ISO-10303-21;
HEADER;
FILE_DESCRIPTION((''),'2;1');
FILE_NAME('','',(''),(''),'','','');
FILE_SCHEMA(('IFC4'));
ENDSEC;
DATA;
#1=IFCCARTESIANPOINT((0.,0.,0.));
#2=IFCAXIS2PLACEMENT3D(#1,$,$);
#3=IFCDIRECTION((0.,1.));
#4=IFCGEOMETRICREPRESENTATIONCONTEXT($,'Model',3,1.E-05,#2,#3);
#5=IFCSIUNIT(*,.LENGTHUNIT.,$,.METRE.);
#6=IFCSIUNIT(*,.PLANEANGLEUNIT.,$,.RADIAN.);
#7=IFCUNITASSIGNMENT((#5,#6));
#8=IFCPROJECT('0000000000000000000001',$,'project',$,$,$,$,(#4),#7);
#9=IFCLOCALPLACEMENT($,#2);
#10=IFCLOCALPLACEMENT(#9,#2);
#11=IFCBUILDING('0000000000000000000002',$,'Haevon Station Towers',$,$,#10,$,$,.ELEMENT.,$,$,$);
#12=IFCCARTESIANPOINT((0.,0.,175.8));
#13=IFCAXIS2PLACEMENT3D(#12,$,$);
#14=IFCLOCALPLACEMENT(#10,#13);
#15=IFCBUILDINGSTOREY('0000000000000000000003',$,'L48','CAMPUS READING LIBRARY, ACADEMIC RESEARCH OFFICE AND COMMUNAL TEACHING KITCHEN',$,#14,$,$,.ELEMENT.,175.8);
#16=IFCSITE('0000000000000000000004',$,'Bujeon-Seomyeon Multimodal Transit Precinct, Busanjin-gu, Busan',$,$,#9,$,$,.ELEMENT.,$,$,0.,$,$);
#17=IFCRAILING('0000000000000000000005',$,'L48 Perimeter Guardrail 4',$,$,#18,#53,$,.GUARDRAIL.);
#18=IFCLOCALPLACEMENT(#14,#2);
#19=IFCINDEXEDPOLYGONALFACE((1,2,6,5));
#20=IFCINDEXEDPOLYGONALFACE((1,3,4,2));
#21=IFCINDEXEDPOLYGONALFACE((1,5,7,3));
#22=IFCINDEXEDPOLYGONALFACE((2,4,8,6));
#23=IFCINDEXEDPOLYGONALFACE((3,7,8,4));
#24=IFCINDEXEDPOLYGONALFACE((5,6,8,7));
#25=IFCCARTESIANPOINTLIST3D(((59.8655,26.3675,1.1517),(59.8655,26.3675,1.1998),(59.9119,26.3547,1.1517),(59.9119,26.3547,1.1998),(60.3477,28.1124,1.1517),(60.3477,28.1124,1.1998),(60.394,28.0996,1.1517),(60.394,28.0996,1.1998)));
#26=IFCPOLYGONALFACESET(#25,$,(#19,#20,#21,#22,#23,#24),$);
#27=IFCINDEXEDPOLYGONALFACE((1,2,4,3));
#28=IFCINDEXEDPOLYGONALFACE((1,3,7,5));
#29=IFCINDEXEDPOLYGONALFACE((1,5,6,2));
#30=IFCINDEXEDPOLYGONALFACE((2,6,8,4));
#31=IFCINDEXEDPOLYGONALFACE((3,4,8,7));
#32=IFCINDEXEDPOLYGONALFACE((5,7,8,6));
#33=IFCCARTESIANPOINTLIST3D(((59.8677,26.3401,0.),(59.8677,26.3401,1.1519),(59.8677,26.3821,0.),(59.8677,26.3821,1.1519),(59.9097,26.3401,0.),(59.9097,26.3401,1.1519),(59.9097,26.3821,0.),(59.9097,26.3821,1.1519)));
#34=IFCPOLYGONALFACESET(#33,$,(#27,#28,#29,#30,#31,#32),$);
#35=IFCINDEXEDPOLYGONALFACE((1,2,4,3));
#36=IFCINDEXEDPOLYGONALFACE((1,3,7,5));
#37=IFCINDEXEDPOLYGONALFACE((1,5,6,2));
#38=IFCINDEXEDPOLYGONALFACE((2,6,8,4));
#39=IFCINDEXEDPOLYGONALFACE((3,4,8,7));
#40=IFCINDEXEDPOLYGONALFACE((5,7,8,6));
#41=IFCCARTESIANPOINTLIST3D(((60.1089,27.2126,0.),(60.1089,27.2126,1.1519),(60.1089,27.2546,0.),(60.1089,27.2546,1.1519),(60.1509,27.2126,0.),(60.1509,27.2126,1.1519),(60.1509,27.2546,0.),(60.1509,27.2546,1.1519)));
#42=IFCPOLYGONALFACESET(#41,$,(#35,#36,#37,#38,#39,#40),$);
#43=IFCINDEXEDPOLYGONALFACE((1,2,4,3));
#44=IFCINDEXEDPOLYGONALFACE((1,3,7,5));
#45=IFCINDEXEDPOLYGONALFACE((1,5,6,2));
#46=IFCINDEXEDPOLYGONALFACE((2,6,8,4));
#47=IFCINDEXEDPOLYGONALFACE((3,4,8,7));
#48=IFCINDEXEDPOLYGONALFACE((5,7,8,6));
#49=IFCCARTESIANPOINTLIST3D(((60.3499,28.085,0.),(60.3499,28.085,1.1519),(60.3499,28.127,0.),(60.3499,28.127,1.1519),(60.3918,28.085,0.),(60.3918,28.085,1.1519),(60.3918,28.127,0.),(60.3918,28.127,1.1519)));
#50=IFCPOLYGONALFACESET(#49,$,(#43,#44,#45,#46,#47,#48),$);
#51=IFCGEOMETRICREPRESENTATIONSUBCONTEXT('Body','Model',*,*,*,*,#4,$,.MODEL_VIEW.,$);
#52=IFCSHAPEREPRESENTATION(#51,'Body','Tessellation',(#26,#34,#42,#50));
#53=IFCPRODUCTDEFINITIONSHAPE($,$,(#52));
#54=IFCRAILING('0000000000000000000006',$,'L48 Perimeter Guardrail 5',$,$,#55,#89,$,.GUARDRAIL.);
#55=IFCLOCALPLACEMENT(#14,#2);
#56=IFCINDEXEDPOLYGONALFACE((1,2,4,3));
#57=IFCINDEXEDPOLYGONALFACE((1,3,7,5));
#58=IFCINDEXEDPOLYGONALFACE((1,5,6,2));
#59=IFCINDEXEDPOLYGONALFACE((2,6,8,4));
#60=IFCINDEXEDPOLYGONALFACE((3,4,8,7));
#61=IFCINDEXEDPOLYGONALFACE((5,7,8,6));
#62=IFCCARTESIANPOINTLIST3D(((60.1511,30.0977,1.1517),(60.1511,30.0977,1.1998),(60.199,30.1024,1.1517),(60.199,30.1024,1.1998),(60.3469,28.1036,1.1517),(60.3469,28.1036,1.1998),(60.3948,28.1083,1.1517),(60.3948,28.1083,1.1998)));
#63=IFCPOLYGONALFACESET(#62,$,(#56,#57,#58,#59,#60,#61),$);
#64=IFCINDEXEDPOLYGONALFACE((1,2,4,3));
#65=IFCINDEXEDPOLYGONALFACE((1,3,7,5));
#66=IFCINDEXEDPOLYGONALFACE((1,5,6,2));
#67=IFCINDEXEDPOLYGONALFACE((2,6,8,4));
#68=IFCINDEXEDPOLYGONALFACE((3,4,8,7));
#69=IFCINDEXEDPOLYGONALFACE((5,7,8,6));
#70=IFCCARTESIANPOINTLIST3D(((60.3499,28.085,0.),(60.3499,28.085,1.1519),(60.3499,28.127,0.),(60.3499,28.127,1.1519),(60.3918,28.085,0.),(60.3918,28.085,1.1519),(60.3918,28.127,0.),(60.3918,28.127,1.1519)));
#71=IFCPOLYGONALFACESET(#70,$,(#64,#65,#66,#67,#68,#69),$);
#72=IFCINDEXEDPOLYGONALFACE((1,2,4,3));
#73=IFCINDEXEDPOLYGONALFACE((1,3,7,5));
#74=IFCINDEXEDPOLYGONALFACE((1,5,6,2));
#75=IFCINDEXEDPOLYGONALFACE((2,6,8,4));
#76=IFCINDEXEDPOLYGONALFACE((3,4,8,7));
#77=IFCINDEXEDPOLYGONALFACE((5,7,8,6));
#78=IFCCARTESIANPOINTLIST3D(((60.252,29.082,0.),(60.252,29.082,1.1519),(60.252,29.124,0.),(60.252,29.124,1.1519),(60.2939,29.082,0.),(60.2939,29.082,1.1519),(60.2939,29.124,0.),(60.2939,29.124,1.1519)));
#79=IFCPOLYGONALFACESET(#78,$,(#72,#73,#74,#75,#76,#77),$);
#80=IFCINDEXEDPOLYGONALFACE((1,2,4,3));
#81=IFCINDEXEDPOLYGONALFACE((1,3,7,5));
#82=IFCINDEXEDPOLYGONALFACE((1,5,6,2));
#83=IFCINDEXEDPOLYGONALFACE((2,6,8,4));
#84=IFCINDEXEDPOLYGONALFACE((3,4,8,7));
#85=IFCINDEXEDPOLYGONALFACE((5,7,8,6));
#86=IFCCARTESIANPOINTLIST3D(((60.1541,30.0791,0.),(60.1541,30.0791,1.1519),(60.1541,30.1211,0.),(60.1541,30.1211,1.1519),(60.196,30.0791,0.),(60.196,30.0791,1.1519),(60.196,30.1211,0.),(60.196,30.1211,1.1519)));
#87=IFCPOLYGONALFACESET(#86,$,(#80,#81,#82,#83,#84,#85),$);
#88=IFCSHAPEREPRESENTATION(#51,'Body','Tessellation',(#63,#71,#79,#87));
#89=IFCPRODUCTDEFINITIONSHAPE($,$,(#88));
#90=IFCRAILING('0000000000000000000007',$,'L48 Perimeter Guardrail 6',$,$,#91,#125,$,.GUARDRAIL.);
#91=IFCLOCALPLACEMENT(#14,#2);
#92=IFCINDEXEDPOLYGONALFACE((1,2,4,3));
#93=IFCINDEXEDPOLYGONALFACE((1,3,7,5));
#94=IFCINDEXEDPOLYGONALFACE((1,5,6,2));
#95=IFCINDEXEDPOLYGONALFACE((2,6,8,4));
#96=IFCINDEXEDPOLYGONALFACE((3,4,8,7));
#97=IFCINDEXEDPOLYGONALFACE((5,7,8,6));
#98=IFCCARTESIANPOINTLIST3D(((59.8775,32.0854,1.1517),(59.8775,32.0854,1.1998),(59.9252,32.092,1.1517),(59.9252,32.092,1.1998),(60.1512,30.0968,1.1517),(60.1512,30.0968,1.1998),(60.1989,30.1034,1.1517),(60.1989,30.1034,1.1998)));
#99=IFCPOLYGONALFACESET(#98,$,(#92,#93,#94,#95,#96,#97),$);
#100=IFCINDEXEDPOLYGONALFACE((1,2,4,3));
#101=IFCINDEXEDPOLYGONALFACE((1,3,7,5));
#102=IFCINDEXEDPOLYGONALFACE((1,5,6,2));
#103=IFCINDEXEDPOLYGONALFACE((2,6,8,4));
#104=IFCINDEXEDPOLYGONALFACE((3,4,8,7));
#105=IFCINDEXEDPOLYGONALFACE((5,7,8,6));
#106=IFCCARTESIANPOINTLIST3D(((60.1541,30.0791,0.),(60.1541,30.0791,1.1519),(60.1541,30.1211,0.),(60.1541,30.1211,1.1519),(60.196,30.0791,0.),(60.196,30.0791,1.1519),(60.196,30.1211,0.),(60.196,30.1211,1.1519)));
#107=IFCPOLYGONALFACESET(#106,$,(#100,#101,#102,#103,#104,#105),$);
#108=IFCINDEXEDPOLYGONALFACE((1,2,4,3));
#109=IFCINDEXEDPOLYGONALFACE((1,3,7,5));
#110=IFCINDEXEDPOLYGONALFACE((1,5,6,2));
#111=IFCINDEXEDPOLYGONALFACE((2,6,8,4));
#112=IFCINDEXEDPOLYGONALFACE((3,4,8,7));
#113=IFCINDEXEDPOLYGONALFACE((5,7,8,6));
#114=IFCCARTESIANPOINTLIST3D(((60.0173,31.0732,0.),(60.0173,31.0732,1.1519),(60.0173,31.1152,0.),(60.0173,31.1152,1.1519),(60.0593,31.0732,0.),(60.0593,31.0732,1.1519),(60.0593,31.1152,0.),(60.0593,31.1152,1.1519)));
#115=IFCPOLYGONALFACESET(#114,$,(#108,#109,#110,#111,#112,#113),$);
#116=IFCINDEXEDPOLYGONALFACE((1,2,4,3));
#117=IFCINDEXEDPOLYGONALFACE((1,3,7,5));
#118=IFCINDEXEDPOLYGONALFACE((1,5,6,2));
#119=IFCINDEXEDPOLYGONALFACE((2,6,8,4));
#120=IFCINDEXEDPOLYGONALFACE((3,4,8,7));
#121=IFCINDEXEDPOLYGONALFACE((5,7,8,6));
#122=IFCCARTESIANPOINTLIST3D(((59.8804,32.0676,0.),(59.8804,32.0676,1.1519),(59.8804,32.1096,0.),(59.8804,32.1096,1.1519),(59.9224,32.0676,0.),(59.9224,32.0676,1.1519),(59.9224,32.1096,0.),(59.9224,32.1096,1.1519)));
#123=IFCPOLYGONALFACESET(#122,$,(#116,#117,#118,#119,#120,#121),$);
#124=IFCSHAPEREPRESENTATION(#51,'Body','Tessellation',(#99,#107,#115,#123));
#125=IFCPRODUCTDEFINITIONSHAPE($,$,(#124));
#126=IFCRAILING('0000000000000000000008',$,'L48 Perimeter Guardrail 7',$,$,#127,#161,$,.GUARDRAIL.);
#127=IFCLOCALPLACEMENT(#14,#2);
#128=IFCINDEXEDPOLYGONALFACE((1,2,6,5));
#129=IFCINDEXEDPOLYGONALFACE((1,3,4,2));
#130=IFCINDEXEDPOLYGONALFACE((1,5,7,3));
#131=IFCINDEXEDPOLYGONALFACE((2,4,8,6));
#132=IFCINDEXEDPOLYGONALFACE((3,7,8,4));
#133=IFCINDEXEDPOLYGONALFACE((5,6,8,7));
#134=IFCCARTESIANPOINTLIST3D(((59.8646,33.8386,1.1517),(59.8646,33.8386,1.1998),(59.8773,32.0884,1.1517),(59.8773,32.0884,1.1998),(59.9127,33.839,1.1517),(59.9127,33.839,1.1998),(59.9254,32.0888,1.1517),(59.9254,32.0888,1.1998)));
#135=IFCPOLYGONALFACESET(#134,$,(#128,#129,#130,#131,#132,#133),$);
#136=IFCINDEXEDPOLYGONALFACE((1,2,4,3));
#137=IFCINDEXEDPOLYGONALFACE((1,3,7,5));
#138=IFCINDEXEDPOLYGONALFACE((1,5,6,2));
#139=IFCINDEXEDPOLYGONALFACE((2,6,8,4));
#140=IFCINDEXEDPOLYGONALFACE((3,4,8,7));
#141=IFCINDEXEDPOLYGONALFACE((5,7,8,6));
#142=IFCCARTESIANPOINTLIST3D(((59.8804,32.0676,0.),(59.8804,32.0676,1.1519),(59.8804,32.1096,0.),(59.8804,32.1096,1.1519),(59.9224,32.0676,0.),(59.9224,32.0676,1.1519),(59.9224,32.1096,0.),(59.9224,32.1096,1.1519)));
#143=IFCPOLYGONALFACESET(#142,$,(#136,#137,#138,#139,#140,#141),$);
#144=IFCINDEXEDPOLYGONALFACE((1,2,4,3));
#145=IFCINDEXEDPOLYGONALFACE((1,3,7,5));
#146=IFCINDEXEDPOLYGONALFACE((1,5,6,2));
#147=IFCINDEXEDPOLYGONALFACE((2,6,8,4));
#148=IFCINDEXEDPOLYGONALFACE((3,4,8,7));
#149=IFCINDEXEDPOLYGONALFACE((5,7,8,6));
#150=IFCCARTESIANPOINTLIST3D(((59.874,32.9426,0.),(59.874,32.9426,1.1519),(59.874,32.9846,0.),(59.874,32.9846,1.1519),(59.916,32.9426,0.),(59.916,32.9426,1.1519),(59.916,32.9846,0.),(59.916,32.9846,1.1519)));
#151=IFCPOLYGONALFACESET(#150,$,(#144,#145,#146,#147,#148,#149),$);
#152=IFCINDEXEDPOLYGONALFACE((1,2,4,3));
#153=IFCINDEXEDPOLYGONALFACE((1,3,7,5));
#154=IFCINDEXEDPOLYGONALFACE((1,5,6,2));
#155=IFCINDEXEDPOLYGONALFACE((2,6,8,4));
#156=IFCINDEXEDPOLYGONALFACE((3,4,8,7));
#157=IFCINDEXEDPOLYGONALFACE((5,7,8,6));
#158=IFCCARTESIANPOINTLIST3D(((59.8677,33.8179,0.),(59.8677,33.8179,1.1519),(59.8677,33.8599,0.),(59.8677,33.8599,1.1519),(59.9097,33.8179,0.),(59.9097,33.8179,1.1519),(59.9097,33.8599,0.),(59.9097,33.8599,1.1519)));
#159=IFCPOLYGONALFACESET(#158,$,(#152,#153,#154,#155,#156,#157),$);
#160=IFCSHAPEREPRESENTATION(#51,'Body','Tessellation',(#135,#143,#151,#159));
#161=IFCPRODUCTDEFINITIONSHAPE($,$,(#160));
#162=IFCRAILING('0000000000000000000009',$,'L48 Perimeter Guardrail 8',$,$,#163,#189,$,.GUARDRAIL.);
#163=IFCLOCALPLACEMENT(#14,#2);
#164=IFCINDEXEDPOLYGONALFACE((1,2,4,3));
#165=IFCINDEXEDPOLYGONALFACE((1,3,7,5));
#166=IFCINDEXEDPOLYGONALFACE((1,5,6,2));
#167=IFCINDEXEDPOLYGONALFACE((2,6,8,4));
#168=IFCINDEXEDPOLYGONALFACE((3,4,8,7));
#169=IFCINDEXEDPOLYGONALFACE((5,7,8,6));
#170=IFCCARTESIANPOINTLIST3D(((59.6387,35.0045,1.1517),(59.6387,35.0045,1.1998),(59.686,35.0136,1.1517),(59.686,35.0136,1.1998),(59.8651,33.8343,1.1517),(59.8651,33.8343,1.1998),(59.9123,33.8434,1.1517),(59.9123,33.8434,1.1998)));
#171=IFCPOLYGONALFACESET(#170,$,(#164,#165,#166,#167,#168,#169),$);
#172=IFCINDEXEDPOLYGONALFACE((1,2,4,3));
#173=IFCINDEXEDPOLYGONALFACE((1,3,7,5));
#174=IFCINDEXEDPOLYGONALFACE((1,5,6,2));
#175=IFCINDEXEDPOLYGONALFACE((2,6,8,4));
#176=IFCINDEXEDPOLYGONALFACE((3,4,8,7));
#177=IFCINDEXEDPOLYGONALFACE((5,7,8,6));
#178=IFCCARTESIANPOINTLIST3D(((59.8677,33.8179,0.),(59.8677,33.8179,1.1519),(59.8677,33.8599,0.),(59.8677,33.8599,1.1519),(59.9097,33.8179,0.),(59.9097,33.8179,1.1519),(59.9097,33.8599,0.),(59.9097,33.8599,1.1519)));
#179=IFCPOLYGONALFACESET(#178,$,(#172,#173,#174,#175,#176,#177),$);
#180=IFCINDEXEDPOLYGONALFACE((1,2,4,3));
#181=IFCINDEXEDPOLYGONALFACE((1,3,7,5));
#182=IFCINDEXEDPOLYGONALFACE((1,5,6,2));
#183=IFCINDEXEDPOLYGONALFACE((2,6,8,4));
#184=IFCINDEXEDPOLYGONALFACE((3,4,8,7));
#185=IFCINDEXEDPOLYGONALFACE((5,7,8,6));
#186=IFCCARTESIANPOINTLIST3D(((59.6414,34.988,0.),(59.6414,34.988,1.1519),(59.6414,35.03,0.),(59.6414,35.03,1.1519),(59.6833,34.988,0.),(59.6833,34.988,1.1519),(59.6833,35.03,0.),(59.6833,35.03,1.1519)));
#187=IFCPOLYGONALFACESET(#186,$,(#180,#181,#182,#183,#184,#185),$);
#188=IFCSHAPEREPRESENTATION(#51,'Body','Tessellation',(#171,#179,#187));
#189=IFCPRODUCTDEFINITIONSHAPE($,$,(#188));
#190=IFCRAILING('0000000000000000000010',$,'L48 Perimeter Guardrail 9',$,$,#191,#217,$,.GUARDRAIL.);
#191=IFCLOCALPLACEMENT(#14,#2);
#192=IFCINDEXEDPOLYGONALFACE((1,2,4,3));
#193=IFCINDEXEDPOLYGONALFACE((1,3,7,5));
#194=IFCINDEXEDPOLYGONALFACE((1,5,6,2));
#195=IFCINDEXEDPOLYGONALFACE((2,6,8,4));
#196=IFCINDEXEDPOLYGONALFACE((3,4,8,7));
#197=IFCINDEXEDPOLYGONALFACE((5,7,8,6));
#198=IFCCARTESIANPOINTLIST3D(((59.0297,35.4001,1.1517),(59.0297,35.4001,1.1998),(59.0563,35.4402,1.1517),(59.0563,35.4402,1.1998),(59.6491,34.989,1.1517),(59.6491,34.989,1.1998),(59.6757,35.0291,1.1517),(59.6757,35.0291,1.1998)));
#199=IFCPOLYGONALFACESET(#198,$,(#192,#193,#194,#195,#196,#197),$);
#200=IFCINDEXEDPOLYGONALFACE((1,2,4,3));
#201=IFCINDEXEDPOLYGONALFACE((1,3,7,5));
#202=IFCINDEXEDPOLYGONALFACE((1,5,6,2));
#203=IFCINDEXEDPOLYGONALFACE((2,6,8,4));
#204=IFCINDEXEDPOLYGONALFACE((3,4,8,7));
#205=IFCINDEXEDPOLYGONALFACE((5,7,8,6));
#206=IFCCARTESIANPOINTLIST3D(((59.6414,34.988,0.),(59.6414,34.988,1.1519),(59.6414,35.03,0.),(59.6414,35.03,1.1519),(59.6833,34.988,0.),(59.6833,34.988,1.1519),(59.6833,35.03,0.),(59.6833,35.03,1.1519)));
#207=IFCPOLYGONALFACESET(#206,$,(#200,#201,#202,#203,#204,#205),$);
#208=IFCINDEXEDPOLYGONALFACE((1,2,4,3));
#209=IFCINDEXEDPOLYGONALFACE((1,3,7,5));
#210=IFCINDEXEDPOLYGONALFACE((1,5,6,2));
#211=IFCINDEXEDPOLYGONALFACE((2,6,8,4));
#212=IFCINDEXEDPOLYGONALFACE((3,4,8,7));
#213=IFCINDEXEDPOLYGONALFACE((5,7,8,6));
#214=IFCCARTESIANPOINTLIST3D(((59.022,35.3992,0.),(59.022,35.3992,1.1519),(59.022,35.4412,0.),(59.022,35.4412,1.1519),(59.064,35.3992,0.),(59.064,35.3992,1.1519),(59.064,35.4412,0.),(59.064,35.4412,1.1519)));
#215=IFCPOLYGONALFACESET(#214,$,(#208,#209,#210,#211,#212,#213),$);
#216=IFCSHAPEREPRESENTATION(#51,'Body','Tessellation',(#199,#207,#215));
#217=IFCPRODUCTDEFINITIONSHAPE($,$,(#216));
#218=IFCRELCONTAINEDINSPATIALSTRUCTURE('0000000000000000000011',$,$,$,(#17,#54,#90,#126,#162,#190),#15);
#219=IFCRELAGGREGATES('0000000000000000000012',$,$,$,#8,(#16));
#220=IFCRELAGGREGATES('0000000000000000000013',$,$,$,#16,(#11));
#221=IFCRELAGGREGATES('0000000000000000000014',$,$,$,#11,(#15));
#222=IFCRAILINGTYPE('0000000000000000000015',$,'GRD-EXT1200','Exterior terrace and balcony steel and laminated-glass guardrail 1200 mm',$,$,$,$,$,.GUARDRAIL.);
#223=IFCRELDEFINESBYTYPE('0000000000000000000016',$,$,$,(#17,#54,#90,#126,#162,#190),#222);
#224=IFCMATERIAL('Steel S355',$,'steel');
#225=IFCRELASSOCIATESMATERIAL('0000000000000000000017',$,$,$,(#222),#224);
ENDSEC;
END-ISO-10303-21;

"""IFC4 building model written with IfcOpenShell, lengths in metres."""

from ifc_helpers import new_model, si_unit, direction, frame, origin, origin_2d, place, context, subcontext, project, spatial, rectangle, extrude, material, type_object, element, save


model = new_model("IFC4")

# Units and contexts
model_context = context("Model", 3, precision=1e-05, world=origin(), true_north=direction((0.0, 1.0)))
body_context = subcontext(model_context, "Body", "Model", "MODEL_VIEW")
ifc_project = project(units=[si_unit("LENGTHUNIT", "METRE"), si_unit("PLANEANGLEUNIT", "RADIAN")], contexts=[model_context])

# Site, building, storey
site_placement = place(None, origin())
site = spatial("IfcSite", under=ifc_project, at=site_placement, Name="Bujeon-Seomyeon Multimodal Transit Precinct, Busanjin-gu, Busan", CompositionType="ELEMENT", RefElevation=0.0)
building_placement = place(site_placement, origin())
building = spatial("IfcBuilding", under=site, at=building_placement, Name="Haevon Station Towers", CompositionType="ELEMENT")
storey_placement = place(building_placement, frame((0.0, 0.0, 175.8)))
storey = spatial("IfcBuildingStorey", under=building, at=storey_placement, Name="L48", Description="CAMPUS READING LIBRARY, ACADEMIC RESEARCH OFFICE AND COMMUNAL TEACHING KITCHEN", CompositionType="ELEMENT", Elevation=175.8)

# Shared definitions
ifc_material_1 = material(Name="Steel S355", Category="steel")

# Railings
railing_type = type_object("IfcRailingType", Name="GRD-EXT1200", Description="Exterior terrace and balcony steel and laminated-glass guardrail 1200 mm", PredefinedType="GUARDRAIL", material=ifc_material_1)
railing_1_placement = place(storey_placement, frame((59.8887, 26.3611, 0.0)))
element("IfcRailing", 1, at=railing_1_placement, inside=storey, type_object=railing_type, Name="L48 Perimeter Guardrail 4", PredefinedType="GUARDRAIL", context=body_context, shape_type="SweptSolid", body=[
    extrude(rectangle(XDim=0.0481, YDim=0.0481, at=origin_2d()), frame((0.0, 0.0, 1.1758), z_axis=(0.266357, 0.963874, 0.0), x_axis=(-0.963874, 0.266357, 0.0)), (0.0, 0.0, 1.0), 1.8103),
    extrude(rectangle(XDim=0.042, YDim=0.042, at=origin_2d()), origin(), (0.0, 0.0, 1.0), 1.1519),
    extrude(rectangle(XDim=0.042, YDim=0.042, at=origin_2d()), frame((0.2412, 0.8726, 0.0)), (0.0, 0.0, 1.0), 1.1519),
    extrude(rectangle(XDim=0.042, YDim=0.042, at=origin_2d()), frame((0.4822, 1.7449, 0.0)), (0.0, 0.0, 1.0), 1.1519),
])
railing_2_placement = place(storey_placement, frame((60.3708, 28.106, 0.0)))
element("IfcRailing", 2, at=railing_2_placement, inside=storey, type_object=railing_type, Name="L48 Perimeter Guardrail 5", PredefinedType="GUARDRAIL", context=body_context, shape_type="SweptSolid", body=[
    extrude(rectangle(XDim=0.0481, YDim=0.0481, at=origin_2d()), frame((0.0, 0.0, 1.1758), z_axis=(-0.097718, 0.995214, 0.0), x_axis=(-0.995214, -0.097718, 0.0)), (0.0, 0.0, 1.0), 2.0037),
    extrude(rectangle(XDim=0.042, YDim=0.042, at=origin_2d()), origin(), (0.0, 0.0, 1.0), 1.1519),
    extrude(rectangle(XDim=0.042, YDim=0.042, at=origin_2d()), frame((-0.0979, 0.9971, 0.0)), (0.0, 0.0, 1.0), 1.1519),
    extrude(rectangle(XDim=0.042, YDim=0.042, at=origin_2d()), frame((-0.1958, 1.9941, 0.0)), (0.0, 0.0, 1.0), 1.1519),
])
railing_3_placement = place(storey_placement, frame((60.175, 30.1001, 0.0)))
element("IfcRailing", 3, at=railing_3_placement, inside=storey, type_object=railing_type, Name="L48 Perimeter Guardrail 6", PredefinedType="GUARDRAIL", context=body_context, shape_type="SweptSolid", body=[
    extrude(rectangle(XDim=0.0481, YDim=0.0481, at=origin_2d()), frame((0.0, 0.0, 1.1758), z_axis=(-0.136345, 0.990661, 0.0), x_axis=(-0.990661, -0.136345, 0.0)), (0.0, 0.0, 1.0), 2.0073),
    extrude(rectangle(XDim=0.042, YDim=0.042, at=origin_2d()), origin(), (0.0, 0.0, 1.0), 1.1519),
    extrude(rectangle(XDim=0.042, YDim=0.042, at=origin_2d()), frame((-0.1367, 0.9941, 0.0)), (0.0, 0.0, 1.0), 1.1519),
    extrude(rectangle(XDim=0.042, YDim=0.042, at=origin_2d()), frame((-0.2737, 1.9885, 0.0)), (0.0, 0.0, 1.0), 1.1519),
])
railing_4_placement = place(storey_placement, frame((59.9014, 32.0886, 0.0)))
element("IfcRailing", 4, at=railing_4_placement, inside=storey, type_object=railing_type, Name="L48 Perimeter Guardrail 7", PredefinedType="GUARDRAIL", context=body_context, shape_type="SweptSolid", body=[
    extrude(rectangle(XDim=0.0481, YDim=0.0481, at=origin_2d()), frame((0.0, 0.0, 1.1758), z_axis=(-0.007253, 0.999974, 0.0), x_axis=(-0.999974, -0.007253, 0.0)), (0.0, 0.0, 1.0), 1.7502),
    extrude(rectangle(XDim=0.042, YDim=0.042, at=origin_2d()), origin(), (0.0, 0.0, 1.0), 1.1519),
    extrude(rectangle(XDim=0.042, YDim=0.042, at=origin_2d()), frame((-0.0063, 0.875, 0.0)), (0.0, 0.0, 1.0), 1.1519),
    extrude(rectangle(XDim=0.042, YDim=0.042, at=origin_2d()), frame((-0.0127, 1.7502, 0.0)), (0.0, 0.0, 1.0), 1.1519),
])
railing_5_placement = place(storey_placement, frame((59.8887, 33.8389, 0.0)))
element("IfcRailing", 5, at=railing_5_placement, inside=storey, type_object=railing_type, Name="L48 Perimeter Guardrail 8", PredefinedType="GUARDRAIL", context=body_context, shape_type="SweptSolid", body=[
    extrude(rectangle(XDim=0.0481, YDim=0.0481, at=origin_2d()), frame((0.0, 0.0, 1.1758), z_axis=(-0.189888, 0.981806, 0.0), x_axis=(-0.981806, -0.189888, 0.0)), (0.0, 0.0, 1.0), 1.1919),
    extrude(rectangle(XDim=0.042, YDim=0.042, at=origin_2d()), origin(), (0.0, 0.0, 1.0), 1.1519),
    extrude(rectangle(XDim=0.042, YDim=0.042, at=origin_2d()), frame((-0.2263, 1.1702, 0.0)), (0.0, 0.0, 1.0), 1.1519),
])
railing_6_placement = place(storey_placement, frame((59.6624, 35.009, 0.0)))
element("IfcRailing", 6, at=railing_6_placement, inside=storey, type_object=railing_type, Name="L48 Perimeter Guardrail 9", PredefinedType="GUARDRAIL", context=body_context, shape_type="SweptSolid", body=[
    extrude(rectangle(XDim=0.0481, YDim=0.0481, at=origin_2d()), frame((0.0, 0.0, 1.1758), z_axis=(-0.83316, 0.553032, 0.0), x_axis=(-0.553032, -0.83316, 0.0)), (0.0, 0.0, 1.0), 0.7434),
    extrude(rectangle(XDim=0.042, YDim=0.042, at=origin_2d()), origin(), (0.0, 0.0, 1.0), 1.1519),
    extrude(rectangle(XDim=0.042, YDim=0.042, at=origin_2d()), frame((-0.6194, 0.4111, 0.0)), (0.0, 0.0, 1.0), 1.1519),
])

save(model, "model.ifc")
